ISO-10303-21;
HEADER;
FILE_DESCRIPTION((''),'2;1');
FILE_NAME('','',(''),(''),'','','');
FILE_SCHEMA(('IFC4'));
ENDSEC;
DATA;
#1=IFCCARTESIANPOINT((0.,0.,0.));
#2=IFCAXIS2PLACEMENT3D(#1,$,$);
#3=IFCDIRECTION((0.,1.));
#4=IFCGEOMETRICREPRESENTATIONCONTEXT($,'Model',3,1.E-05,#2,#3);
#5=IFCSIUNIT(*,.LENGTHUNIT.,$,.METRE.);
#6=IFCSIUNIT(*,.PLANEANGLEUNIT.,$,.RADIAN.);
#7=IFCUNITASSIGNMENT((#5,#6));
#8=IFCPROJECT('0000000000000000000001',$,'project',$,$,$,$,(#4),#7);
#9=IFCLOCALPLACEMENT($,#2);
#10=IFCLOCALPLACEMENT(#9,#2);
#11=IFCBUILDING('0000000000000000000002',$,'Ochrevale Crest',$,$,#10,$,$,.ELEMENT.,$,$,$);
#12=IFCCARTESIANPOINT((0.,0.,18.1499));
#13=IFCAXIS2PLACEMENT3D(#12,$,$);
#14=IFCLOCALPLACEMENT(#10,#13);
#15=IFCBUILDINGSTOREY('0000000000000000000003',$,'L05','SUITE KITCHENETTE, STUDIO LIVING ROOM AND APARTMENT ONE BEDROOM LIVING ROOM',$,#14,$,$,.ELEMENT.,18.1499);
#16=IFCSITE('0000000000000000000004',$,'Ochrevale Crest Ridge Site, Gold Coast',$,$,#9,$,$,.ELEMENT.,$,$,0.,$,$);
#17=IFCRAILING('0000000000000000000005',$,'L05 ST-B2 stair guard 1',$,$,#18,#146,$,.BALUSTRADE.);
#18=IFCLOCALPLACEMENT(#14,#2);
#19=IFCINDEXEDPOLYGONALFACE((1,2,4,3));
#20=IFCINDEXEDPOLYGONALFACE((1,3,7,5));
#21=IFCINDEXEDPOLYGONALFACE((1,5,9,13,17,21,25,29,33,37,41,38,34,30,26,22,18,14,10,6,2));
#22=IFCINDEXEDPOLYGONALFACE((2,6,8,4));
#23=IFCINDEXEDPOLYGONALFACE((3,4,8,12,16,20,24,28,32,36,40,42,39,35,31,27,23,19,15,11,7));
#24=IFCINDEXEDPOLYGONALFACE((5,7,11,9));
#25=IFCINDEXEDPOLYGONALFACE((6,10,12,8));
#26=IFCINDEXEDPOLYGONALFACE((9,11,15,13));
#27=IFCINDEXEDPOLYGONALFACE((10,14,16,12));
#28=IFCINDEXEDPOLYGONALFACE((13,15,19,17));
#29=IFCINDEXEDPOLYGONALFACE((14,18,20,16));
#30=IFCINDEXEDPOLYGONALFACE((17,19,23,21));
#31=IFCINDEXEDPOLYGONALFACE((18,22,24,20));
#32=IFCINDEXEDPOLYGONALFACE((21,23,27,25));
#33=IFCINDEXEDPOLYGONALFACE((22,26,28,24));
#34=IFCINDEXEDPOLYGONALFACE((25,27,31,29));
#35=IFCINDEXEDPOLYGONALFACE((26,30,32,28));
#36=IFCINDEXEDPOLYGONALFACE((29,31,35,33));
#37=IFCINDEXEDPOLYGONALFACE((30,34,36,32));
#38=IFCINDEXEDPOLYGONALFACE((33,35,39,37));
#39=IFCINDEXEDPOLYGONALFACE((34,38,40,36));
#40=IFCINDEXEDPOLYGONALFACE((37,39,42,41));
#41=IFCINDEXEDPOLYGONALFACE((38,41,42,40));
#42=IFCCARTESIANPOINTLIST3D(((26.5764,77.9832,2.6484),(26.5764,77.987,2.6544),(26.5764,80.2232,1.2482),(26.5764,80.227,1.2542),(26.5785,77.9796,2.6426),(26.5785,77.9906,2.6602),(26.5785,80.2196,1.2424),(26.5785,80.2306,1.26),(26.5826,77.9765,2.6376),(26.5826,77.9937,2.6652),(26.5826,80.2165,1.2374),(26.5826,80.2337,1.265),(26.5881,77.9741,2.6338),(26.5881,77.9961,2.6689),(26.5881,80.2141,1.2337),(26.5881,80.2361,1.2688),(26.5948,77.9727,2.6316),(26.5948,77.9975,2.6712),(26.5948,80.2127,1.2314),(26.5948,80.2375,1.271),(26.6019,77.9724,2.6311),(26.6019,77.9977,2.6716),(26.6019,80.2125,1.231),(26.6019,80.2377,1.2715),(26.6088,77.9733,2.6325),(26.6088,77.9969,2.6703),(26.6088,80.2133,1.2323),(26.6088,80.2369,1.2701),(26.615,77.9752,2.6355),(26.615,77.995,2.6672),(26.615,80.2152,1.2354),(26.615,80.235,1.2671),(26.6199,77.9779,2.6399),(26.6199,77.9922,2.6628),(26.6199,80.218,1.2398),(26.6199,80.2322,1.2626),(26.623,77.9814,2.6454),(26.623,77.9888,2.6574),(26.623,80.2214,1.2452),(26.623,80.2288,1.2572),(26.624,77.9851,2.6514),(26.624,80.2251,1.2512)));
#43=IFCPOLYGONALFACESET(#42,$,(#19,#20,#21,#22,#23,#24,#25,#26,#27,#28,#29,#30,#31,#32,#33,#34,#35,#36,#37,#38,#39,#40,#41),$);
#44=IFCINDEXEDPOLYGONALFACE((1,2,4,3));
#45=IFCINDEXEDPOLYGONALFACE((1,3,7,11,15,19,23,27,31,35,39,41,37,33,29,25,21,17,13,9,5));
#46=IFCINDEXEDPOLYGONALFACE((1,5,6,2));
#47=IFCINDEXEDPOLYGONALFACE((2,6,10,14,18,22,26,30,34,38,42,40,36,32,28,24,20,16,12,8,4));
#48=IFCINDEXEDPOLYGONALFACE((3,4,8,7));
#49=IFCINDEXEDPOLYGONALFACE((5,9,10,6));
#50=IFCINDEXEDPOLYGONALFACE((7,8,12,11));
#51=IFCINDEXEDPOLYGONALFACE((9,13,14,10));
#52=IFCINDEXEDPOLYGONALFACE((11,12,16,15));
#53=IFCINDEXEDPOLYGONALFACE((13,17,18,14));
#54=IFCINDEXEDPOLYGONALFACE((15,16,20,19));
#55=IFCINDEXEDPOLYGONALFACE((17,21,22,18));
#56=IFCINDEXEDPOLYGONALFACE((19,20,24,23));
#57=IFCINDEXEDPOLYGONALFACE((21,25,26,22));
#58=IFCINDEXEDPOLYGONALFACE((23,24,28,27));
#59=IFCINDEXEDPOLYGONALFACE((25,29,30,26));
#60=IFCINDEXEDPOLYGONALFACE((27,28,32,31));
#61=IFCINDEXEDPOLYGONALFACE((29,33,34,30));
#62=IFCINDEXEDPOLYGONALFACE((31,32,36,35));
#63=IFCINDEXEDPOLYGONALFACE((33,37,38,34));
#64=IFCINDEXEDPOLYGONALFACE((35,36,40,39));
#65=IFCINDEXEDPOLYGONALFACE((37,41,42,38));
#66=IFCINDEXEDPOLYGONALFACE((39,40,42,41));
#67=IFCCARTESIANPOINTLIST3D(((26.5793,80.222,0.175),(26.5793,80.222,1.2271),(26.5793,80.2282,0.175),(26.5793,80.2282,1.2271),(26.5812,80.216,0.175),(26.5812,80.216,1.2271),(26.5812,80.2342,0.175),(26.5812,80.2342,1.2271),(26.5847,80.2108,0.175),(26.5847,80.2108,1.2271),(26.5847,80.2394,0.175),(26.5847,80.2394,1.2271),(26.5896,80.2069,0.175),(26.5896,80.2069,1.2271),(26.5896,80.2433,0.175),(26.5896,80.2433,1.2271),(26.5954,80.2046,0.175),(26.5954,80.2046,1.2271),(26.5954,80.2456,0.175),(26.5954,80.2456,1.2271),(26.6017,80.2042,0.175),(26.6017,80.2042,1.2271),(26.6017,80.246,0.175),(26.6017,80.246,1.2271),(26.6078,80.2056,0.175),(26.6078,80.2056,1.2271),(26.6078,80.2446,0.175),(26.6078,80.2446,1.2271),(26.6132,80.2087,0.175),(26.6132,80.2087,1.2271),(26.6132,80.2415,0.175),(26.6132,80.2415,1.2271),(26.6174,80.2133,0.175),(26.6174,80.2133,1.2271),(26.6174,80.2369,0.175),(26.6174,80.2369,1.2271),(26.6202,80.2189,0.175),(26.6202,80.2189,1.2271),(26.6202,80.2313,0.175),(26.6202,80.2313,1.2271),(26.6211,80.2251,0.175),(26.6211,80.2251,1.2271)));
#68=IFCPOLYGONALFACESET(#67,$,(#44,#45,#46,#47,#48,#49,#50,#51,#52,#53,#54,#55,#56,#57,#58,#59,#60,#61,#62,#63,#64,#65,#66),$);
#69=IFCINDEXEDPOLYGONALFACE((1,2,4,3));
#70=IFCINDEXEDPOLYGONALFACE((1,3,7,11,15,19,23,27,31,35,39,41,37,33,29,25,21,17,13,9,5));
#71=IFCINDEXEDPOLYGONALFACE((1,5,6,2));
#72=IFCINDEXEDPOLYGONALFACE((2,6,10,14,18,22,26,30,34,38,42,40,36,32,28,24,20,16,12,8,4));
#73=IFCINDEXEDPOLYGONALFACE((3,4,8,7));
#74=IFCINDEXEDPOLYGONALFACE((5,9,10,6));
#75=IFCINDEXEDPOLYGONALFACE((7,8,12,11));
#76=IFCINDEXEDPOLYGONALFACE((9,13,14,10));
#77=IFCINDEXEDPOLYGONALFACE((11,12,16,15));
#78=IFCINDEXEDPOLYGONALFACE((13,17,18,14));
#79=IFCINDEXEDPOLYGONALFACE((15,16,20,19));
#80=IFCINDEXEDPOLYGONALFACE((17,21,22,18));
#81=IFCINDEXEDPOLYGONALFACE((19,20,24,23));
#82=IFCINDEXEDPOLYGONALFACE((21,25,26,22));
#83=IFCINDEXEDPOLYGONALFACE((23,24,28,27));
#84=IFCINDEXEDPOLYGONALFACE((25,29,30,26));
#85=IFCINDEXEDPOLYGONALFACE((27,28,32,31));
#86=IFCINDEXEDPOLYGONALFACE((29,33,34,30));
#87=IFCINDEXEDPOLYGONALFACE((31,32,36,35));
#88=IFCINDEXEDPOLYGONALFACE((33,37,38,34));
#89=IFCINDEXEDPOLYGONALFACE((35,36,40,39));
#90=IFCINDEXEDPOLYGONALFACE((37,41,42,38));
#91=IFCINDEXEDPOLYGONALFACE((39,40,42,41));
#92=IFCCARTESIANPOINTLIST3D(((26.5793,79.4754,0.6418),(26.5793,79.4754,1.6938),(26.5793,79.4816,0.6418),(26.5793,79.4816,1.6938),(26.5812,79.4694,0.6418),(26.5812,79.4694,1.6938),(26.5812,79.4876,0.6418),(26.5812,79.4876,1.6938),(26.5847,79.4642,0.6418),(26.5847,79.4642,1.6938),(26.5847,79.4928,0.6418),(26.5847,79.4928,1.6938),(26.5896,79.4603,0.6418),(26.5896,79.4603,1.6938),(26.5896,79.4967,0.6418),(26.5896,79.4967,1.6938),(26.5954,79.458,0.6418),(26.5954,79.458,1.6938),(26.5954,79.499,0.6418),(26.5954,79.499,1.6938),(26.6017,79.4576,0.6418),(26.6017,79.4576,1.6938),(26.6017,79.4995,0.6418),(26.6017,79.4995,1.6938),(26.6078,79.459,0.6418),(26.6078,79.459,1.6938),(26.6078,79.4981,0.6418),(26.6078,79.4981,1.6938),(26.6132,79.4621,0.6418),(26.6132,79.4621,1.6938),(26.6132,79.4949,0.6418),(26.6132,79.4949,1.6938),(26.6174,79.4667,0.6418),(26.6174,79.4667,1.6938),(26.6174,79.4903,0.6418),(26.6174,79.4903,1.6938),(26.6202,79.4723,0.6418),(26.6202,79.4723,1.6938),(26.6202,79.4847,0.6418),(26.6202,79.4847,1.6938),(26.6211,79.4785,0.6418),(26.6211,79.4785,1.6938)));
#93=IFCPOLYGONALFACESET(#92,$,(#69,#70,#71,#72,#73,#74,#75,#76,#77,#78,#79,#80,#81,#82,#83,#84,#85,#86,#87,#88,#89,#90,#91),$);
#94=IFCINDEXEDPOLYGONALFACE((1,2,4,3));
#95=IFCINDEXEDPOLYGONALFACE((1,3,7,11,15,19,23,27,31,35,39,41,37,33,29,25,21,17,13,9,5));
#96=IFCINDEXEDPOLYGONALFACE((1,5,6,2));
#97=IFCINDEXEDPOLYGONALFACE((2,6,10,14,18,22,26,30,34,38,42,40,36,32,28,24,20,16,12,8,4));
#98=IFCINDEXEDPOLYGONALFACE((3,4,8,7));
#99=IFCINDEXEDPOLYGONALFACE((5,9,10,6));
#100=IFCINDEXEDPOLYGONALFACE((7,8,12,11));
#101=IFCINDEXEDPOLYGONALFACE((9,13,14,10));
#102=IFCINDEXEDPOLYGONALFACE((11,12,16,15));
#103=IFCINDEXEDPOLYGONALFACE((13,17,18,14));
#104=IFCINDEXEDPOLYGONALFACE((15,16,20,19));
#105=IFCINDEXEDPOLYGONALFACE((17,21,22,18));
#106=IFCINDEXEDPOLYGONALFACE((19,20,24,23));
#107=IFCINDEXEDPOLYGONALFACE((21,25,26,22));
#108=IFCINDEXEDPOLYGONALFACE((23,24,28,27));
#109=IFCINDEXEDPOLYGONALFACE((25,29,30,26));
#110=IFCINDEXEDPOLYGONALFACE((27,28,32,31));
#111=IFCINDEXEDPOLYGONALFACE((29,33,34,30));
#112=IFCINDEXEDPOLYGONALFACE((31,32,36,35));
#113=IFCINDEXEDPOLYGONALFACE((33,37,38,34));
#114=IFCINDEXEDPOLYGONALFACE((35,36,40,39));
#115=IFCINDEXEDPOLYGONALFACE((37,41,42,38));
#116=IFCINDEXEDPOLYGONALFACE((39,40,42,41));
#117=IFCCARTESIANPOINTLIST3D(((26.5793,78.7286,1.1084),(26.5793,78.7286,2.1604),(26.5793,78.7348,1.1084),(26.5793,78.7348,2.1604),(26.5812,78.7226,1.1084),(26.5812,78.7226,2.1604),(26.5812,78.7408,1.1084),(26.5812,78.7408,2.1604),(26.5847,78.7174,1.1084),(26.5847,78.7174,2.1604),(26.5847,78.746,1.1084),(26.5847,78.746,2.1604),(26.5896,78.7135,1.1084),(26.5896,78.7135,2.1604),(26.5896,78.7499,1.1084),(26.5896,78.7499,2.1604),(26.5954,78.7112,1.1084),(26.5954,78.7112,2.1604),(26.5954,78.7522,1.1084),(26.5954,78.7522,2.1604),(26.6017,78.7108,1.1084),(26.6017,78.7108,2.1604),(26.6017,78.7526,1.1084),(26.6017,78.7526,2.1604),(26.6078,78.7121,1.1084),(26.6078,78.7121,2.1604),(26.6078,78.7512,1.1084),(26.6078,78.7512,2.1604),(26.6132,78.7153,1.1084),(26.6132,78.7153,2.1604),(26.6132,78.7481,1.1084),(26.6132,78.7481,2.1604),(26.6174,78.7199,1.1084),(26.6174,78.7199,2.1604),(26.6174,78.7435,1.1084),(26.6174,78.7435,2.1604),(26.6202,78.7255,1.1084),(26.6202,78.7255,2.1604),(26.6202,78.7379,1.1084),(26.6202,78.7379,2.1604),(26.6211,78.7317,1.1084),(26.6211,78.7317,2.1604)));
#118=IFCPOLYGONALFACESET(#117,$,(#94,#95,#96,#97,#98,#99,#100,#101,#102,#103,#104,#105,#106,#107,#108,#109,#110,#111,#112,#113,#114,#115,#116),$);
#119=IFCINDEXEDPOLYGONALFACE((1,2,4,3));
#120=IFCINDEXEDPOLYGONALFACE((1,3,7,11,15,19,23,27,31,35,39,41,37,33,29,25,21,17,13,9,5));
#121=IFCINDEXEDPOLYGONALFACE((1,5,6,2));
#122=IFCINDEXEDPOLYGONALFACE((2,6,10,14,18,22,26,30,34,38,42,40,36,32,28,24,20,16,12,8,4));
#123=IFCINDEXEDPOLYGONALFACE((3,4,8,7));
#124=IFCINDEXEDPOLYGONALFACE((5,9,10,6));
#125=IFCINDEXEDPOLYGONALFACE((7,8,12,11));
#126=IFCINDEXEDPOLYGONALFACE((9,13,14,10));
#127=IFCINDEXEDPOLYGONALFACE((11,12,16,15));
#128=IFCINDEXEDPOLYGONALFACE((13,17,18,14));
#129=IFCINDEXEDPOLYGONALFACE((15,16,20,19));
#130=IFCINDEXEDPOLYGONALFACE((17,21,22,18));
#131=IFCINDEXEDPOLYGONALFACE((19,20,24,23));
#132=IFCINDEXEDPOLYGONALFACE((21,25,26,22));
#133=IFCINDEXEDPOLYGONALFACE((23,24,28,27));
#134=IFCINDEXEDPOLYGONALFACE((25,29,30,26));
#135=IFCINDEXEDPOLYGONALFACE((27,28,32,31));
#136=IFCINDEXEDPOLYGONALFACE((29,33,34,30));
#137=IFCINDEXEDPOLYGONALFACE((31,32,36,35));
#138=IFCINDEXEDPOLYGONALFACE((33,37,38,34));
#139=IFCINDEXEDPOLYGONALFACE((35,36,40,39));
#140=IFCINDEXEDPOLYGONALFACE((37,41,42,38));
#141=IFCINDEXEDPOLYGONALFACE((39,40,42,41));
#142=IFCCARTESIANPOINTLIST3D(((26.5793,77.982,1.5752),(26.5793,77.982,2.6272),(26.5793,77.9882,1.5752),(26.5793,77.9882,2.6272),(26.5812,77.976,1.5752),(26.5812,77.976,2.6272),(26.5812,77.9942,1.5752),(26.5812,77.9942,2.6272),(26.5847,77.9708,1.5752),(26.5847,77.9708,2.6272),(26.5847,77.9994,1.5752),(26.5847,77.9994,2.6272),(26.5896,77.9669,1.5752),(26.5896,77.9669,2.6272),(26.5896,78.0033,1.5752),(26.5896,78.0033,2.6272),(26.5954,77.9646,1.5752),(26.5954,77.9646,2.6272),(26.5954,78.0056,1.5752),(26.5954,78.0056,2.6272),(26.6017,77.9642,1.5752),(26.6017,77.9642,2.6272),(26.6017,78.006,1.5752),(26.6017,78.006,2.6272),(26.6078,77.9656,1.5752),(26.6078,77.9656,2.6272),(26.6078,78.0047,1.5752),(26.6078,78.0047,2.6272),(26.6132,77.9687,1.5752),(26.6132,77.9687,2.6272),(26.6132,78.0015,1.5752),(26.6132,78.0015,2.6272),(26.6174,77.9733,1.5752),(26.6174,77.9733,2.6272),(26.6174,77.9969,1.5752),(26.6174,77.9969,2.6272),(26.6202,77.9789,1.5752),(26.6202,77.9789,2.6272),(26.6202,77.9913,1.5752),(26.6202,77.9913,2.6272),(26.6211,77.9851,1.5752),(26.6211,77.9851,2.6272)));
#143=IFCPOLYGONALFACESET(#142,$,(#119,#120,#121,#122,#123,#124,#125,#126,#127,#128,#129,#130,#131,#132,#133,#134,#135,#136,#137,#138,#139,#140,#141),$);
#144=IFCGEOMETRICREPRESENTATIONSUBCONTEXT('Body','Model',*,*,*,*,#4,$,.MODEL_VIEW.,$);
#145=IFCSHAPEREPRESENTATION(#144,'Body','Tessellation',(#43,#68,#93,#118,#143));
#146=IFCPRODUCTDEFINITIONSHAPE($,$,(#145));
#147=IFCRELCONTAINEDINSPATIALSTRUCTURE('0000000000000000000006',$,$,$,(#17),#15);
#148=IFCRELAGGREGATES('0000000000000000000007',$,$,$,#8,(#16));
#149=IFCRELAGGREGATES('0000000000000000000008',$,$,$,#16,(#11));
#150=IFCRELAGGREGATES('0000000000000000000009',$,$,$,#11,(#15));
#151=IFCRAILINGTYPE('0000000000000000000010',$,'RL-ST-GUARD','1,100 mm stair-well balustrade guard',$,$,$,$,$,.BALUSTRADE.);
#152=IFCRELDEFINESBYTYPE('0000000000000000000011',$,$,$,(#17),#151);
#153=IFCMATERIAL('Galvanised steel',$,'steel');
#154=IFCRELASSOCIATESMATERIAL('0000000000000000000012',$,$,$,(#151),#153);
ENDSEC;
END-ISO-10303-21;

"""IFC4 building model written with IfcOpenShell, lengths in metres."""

from ifc_helpers import new_model, si_unit, direction, frame, origin, origin_2d, place, context, subcontext, project, spatial, circle, extrude, material, type_object, element, save


model = new_model("IFC4")

# Units and contexts
model_context = context("Model", 3, precision=1e-05, world=origin(), true_north=direction((0.0, 1.0)))
body_context = subcontext(model_context, "Body", "Model", "MODEL_VIEW")
ifc_project = project(units=[si_unit("LENGTHUNIT", "METRE"), si_unit("PLANEANGLEUNIT", "RADIAN")], contexts=[model_context])

# Site, building, storey
site_placement = place(None, origin())
site = spatial("IfcSite", under=ifc_project, at=site_placement, Name="Ochrevale Crest Ridge Site, Gold Coast", CompositionType="ELEMENT", RefElevation=0.0)
building_placement = place(site_placement, origin())
building = spatial("IfcBuilding", under=site, at=building_placement, Name="Ochrevale Crest", CompositionType="ELEMENT")
storey_placement = place(building_placement, frame((0.0, 0.0, 18.1499)))
storey = spatial("IfcBuildingStorey", under=building, at=storey_placement, Name="L05", Description="SUITE KITCHENETTE, STUDIO LIVING ROOM AND APARTMENT ONE BEDROOM LIVING ROOM", CompositionType="ELEMENT", Elevation=18.1499)

# Railing
ifc_material_1 = material(Name="Galvanised steel", Category="steel")
railing_type_1 = type_object("IfcRailingType", Name="RL-ST-GUARD", Description="1,100 mm stair-well balustrade guard", PredefinedType="BALUSTRADE", material=ifc_material_1)
railing_1_placement = place(storey_placement, frame((26.6001, 80.2251, 0.175)))
element("IfcRailing", 1, at=railing_1_placement, inside=storey, type_object=railing_type_1, Name="L05 ST-B2 stair guard 1", PredefinedType="BALUSTRADE", context=body_context, shape_type="SweptSolid", body=[
    extrude(circle(Radius=0.0239, at=origin_2d()), frame((0.0, 0.0, 1.0762), z_axis=(0.0, -0.847972, 0.53004), x_axis=(1.0, 0.0, 0.0)), (0.0, 0.0, 1.0), 2.6416),
    extrude(circle(Radius=0.021, at=origin_2d()), origin(), (0.0, 0.0, 1.0), 1.052),
    extrude(circle(Radius=0.021, at=origin_2d()), frame((0.0, -0.7466, 0.4668)), (0.0, 0.0, 1.0), 1.052),
    extrude(circle(Radius=0.021, at=origin_2d()), frame((0.0, -1.4934, 0.9333)), (0.0, 0.0, 1.0), 1.052),
    extrude(circle(Radius=0.021, at=origin_2d()), frame((0.0, -2.24, 1.4001)), (0.0, 0.0, 1.0), 1.052),
])

save(model, "model.ifc")
